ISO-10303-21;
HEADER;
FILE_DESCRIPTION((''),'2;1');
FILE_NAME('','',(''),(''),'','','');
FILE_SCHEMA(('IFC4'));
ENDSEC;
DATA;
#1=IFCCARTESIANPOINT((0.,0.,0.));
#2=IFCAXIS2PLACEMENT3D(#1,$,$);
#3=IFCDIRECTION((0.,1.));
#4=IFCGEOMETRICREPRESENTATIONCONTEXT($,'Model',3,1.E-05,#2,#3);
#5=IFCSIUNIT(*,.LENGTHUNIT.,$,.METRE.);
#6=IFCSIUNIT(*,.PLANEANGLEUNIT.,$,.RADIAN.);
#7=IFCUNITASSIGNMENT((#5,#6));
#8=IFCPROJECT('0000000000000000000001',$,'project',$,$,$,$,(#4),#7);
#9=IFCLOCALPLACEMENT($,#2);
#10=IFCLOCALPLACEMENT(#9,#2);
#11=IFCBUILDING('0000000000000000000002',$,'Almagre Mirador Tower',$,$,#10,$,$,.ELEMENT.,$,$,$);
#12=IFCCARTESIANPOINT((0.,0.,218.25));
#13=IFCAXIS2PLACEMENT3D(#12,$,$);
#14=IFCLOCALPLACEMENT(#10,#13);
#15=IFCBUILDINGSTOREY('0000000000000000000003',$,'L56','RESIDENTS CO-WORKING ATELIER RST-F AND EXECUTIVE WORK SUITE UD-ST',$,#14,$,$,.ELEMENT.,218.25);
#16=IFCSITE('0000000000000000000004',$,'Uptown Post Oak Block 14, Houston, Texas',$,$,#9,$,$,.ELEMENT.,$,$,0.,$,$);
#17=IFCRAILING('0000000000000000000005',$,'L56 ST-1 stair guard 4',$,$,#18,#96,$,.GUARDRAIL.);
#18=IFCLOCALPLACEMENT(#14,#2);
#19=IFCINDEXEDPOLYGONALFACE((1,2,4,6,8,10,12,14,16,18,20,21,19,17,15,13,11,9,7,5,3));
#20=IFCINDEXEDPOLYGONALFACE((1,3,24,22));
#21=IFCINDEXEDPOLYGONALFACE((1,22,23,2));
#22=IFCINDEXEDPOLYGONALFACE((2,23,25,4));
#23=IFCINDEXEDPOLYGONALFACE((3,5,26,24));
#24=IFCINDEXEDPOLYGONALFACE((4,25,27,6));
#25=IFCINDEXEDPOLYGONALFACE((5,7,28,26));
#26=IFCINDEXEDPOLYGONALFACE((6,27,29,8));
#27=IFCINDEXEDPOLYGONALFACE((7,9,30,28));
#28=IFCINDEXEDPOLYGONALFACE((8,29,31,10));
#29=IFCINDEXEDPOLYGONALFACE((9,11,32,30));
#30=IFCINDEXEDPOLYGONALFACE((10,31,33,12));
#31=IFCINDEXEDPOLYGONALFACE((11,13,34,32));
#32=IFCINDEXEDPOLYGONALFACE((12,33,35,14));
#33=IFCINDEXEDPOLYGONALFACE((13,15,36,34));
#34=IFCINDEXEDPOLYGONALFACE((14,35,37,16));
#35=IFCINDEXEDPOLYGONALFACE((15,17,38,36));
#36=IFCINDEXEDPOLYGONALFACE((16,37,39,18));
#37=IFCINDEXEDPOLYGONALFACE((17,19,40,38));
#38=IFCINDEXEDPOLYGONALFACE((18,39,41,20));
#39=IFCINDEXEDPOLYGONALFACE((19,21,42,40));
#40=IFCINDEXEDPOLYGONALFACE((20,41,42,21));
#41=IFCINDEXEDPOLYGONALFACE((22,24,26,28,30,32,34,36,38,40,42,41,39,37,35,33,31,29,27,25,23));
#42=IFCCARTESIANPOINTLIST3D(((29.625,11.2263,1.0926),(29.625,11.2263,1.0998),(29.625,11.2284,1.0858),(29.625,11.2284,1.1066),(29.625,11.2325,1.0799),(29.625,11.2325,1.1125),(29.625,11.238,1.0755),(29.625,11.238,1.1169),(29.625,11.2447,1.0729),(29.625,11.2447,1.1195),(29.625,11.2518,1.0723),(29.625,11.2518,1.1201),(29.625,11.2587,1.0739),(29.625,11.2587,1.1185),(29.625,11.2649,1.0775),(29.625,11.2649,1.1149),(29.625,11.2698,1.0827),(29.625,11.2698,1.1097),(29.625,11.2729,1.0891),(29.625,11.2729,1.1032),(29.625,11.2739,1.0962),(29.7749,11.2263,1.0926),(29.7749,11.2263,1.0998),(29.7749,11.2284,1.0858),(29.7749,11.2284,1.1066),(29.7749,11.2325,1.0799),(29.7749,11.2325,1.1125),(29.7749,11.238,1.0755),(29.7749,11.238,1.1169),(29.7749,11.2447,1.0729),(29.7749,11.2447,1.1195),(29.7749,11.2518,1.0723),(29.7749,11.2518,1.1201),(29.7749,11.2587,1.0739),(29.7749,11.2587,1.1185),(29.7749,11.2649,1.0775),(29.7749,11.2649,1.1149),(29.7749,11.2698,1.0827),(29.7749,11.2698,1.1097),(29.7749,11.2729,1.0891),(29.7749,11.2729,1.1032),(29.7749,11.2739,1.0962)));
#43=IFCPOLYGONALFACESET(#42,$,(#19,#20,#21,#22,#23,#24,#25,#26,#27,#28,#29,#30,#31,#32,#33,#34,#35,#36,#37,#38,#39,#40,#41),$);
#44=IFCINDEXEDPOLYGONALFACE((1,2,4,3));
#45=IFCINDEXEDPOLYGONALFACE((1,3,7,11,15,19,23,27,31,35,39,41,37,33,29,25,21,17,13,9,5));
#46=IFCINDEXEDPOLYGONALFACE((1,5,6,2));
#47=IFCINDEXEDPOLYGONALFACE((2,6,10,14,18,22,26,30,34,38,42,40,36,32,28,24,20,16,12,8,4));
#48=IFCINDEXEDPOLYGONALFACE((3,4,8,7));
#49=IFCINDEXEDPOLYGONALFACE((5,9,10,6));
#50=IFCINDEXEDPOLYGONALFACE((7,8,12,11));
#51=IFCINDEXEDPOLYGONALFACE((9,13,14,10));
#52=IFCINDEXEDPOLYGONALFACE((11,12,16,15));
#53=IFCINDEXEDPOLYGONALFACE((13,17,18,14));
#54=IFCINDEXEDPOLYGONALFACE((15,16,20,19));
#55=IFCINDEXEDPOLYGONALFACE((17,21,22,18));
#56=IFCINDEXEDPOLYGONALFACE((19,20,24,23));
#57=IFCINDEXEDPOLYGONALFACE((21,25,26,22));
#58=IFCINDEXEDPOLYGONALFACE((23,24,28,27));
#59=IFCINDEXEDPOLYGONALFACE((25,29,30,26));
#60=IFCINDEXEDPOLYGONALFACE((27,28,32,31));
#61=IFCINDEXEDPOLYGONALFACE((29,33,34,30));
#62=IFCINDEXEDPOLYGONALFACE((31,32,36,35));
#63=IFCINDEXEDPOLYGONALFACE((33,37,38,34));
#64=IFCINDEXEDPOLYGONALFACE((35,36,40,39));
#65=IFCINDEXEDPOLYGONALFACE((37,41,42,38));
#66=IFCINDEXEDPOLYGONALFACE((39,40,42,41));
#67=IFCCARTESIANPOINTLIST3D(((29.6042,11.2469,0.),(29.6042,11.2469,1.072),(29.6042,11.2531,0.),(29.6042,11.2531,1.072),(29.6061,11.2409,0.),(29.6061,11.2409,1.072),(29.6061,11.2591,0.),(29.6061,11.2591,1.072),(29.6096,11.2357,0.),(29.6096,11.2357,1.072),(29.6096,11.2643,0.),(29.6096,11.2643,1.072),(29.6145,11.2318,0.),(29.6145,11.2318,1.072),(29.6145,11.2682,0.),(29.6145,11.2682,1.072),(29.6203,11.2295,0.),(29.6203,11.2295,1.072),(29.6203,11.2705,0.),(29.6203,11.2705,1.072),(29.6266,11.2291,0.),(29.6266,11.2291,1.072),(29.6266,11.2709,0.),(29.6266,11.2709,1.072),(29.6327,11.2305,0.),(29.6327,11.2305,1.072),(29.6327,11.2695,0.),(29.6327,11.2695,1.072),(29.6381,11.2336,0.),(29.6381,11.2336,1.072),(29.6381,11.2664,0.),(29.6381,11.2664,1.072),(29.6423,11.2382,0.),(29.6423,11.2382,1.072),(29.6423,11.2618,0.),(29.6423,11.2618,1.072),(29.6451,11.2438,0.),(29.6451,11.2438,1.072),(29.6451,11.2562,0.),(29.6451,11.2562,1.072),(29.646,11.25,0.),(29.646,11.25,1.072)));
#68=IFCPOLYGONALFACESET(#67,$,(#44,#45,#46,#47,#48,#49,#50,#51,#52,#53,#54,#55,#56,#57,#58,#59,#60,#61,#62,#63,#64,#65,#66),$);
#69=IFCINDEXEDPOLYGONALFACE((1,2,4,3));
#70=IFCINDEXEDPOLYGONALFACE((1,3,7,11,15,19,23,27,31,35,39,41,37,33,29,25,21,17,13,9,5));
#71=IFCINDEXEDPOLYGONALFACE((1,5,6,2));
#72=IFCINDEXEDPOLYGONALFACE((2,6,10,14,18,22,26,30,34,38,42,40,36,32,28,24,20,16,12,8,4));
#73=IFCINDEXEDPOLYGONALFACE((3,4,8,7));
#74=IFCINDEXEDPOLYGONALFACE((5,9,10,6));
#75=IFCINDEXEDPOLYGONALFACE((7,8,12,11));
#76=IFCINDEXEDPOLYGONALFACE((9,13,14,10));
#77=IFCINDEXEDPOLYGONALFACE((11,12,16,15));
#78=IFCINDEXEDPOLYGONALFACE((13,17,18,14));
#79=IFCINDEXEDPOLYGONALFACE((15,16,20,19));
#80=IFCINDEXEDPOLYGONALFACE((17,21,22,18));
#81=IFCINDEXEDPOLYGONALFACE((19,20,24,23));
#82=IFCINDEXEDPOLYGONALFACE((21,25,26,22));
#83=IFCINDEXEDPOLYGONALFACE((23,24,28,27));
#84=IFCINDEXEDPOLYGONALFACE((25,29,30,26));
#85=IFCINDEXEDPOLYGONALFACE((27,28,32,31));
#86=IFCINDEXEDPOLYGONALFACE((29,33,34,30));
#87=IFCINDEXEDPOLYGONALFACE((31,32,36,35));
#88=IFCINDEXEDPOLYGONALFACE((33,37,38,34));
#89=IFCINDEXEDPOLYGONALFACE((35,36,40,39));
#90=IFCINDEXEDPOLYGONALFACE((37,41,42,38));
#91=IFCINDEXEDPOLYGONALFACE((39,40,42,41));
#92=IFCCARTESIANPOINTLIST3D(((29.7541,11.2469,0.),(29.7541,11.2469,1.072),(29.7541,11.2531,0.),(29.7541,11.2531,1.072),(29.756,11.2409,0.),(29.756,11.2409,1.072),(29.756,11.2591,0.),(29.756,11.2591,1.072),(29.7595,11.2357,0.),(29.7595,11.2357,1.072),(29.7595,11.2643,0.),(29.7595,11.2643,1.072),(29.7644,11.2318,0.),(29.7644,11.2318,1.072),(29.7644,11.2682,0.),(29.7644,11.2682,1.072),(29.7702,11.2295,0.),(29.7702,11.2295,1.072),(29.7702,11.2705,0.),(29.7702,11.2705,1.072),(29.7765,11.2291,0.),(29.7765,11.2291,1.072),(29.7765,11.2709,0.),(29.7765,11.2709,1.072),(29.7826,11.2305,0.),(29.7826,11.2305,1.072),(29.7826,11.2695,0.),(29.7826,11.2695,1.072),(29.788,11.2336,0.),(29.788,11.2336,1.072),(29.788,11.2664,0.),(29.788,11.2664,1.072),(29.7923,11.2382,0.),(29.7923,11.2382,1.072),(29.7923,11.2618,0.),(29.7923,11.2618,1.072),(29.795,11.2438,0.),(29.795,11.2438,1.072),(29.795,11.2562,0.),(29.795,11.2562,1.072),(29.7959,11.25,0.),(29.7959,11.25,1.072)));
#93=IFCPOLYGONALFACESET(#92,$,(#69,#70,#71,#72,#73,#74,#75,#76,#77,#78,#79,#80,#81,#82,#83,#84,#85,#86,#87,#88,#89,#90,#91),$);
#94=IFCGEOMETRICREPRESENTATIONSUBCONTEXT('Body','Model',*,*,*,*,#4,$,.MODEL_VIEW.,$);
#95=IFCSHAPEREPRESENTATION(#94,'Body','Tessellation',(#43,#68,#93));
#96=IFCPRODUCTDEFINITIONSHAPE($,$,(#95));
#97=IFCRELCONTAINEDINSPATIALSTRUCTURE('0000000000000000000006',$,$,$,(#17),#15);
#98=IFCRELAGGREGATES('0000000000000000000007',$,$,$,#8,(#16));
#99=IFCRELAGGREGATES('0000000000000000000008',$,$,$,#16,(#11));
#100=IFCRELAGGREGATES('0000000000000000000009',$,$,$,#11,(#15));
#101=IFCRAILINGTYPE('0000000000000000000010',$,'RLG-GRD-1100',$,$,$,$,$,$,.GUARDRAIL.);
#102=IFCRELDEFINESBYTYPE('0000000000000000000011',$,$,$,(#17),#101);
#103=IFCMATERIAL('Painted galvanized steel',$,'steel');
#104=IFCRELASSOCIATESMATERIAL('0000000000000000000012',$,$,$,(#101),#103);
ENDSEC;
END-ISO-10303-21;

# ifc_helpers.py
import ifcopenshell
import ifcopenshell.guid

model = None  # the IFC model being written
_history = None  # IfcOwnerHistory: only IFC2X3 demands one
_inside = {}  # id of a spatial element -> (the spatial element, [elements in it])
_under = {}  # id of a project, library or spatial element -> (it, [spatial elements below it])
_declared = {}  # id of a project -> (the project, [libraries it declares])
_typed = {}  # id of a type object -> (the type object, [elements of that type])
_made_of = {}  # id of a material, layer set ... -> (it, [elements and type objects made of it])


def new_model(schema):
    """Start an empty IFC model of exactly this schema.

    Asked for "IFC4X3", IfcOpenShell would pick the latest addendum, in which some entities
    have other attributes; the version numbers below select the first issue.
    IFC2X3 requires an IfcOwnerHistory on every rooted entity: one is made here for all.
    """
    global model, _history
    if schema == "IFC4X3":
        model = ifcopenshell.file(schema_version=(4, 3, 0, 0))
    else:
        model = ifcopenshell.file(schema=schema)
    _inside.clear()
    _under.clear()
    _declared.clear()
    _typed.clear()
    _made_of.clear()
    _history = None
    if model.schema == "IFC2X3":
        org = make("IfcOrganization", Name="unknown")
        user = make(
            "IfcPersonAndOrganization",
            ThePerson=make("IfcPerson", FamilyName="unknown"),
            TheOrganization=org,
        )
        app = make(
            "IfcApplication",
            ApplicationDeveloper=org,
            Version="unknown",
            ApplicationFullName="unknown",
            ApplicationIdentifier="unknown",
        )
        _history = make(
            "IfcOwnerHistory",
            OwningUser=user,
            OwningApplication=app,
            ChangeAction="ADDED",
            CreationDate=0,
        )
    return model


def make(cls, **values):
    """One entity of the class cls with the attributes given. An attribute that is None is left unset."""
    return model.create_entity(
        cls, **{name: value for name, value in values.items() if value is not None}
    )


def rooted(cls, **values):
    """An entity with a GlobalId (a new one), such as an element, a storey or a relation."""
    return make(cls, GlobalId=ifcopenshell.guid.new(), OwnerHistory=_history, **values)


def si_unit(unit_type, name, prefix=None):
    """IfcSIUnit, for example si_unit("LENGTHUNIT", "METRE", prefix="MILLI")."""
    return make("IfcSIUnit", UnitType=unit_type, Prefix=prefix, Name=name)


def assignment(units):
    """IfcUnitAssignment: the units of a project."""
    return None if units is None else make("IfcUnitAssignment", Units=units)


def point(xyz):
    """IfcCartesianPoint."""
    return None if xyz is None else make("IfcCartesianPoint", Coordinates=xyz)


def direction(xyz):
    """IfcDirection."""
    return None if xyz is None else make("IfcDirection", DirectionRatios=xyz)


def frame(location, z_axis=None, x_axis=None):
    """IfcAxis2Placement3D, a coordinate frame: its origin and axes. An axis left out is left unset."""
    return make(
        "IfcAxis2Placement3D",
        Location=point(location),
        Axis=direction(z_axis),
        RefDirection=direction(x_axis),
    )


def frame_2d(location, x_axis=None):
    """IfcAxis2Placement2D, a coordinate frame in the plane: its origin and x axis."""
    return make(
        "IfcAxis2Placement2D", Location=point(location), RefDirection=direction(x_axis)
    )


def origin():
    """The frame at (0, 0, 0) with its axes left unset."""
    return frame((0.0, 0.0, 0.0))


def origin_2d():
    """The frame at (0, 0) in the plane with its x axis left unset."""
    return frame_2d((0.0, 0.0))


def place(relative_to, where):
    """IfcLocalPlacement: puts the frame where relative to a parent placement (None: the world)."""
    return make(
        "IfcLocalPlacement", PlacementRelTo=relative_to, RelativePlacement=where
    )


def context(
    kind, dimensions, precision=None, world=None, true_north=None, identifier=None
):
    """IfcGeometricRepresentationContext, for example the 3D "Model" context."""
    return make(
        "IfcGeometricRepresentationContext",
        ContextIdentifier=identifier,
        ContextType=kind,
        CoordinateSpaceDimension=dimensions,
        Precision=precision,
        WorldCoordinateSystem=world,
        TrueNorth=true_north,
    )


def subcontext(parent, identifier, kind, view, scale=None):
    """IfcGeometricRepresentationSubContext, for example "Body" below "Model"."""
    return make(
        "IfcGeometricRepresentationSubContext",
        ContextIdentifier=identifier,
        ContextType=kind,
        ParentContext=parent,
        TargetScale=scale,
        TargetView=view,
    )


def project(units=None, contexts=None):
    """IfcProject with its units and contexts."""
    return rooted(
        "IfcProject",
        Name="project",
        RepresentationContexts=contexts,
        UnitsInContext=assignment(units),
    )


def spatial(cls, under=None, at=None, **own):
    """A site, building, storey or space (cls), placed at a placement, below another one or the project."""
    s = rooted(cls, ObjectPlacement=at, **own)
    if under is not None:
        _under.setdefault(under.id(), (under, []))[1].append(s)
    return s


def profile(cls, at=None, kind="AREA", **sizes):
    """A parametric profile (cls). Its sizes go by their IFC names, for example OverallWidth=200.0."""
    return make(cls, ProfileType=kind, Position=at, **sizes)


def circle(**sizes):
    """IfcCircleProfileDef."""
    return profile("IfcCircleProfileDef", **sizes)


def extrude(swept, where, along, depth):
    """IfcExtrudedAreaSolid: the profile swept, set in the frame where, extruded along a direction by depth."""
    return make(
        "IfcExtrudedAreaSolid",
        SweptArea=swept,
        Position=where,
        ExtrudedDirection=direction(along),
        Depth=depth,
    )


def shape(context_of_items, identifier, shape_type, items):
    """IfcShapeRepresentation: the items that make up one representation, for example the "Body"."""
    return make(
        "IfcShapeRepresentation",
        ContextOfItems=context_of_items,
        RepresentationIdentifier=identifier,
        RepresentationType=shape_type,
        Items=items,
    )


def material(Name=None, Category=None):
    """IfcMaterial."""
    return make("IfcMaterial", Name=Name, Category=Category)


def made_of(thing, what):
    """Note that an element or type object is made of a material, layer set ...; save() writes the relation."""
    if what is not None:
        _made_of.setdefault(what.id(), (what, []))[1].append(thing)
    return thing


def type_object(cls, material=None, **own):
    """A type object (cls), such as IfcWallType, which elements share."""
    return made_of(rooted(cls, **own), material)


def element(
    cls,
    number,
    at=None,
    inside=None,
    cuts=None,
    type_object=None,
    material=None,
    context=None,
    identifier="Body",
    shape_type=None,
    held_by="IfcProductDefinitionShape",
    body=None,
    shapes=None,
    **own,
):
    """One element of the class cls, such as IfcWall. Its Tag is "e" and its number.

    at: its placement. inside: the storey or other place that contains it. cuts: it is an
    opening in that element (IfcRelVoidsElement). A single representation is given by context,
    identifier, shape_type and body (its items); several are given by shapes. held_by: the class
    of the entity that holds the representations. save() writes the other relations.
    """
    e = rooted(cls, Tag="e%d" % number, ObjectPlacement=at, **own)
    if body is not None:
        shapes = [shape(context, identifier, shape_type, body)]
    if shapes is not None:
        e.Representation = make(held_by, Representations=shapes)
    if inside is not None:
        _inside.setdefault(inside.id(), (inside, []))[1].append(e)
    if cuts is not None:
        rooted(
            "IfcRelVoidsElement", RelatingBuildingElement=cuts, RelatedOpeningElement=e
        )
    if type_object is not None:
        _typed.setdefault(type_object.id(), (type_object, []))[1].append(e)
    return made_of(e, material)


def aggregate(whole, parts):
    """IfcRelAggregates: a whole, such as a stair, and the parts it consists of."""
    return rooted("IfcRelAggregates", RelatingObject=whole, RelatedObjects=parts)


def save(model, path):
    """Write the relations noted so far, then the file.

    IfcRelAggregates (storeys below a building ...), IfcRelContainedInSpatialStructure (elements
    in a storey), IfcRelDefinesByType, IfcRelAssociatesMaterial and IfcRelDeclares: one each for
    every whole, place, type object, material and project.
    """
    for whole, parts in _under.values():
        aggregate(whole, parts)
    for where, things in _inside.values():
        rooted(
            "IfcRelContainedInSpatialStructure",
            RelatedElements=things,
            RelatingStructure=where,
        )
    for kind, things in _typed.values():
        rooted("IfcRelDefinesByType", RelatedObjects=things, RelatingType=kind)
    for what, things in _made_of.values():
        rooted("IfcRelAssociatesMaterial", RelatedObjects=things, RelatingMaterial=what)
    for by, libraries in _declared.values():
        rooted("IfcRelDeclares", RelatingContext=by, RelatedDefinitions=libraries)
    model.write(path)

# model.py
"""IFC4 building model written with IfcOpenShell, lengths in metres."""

from ifc_helpers import new_model, si_unit, direction, frame, origin, origin_2d, place, context, subcontext, project, spatial, circle, extrude, material, type_object, element, save


model = new_model("IFC4")

# Units and contexts
model_context = context("Model", 3, precision=1e-05, world=origin(), true_north=direction((0.0, 1.0)))
body_context = subcontext(model_context, "Body", "Model", "MODEL_VIEW")
ifc_project = project(units=[si_unit("LENGTHUNIT", "METRE"), si_unit("PLANEANGLEUNIT", "RADIAN")], contexts=[model_context])

# Site, building, storey
site_placement = place(None, origin())
site = spatial("IfcSite", under=ifc_project, at=site_placement, Name="Uptown Post Oak Block 14, Houston, Texas", CompositionType="ELEMENT", RefElevation=0.0)
building_placement = place(site_placement, origin())
building = spatial("IfcBuilding", under=site, at=building_placement, Name="Almagre Mirador Tower", CompositionType="ELEMENT")
storey_placement = place(building_placement, frame((0.0, 0.0, 218.25)))
storey = spatial("IfcBuildingStorey", under=building, at=storey_placement, Name="L56", Description="RESIDENTS CO-WORKING ATELIER RST-F AND EXECUTIVE WORK SUITE UD-ST", CompositionType="ELEMENT", Elevation=218.25)

# Railing
ifc_material_1 = material(Name="Painted galvanized steel", Category="steel")
railing_type_1 = type_object("IfcRailingType", Name="RLG-GRD-1100", PredefinedType="GUARDRAIL", material=ifc_material_1)
railing_1_placement = place(storey_placement, frame((29.625, 11.25, 0.0)))
element("IfcRailing", 1, at=railing_1_placement, inside=storey, type_object=railing_type_1, Name="L56 ST-1 stair guard 4", PredefinedType="GUARDRAIL", context=body_context, shape_type="SweptSolid", body=[
    extrude(circle(Radius=0.0239, at=origin_2d()), frame((0.0, 0.0, 1.0962), z_axis=(1.0, 0.0, 0.0), x_axis=(0.0, 1.0, 0.0)), (0.0, 0.0, 1.0), 0.1499),
    extrude(circle(Radius=0.021, at=origin_2d()), origin(), (0.0, 0.0, 1.0), 1.072),
    extrude(circle(Radius=0.021, at=origin_2d()), frame((0.1499, 0.0, 0.0)), (0.0, 0.0, 1.0), 1.072),
])

save(model, "model.ifc")
